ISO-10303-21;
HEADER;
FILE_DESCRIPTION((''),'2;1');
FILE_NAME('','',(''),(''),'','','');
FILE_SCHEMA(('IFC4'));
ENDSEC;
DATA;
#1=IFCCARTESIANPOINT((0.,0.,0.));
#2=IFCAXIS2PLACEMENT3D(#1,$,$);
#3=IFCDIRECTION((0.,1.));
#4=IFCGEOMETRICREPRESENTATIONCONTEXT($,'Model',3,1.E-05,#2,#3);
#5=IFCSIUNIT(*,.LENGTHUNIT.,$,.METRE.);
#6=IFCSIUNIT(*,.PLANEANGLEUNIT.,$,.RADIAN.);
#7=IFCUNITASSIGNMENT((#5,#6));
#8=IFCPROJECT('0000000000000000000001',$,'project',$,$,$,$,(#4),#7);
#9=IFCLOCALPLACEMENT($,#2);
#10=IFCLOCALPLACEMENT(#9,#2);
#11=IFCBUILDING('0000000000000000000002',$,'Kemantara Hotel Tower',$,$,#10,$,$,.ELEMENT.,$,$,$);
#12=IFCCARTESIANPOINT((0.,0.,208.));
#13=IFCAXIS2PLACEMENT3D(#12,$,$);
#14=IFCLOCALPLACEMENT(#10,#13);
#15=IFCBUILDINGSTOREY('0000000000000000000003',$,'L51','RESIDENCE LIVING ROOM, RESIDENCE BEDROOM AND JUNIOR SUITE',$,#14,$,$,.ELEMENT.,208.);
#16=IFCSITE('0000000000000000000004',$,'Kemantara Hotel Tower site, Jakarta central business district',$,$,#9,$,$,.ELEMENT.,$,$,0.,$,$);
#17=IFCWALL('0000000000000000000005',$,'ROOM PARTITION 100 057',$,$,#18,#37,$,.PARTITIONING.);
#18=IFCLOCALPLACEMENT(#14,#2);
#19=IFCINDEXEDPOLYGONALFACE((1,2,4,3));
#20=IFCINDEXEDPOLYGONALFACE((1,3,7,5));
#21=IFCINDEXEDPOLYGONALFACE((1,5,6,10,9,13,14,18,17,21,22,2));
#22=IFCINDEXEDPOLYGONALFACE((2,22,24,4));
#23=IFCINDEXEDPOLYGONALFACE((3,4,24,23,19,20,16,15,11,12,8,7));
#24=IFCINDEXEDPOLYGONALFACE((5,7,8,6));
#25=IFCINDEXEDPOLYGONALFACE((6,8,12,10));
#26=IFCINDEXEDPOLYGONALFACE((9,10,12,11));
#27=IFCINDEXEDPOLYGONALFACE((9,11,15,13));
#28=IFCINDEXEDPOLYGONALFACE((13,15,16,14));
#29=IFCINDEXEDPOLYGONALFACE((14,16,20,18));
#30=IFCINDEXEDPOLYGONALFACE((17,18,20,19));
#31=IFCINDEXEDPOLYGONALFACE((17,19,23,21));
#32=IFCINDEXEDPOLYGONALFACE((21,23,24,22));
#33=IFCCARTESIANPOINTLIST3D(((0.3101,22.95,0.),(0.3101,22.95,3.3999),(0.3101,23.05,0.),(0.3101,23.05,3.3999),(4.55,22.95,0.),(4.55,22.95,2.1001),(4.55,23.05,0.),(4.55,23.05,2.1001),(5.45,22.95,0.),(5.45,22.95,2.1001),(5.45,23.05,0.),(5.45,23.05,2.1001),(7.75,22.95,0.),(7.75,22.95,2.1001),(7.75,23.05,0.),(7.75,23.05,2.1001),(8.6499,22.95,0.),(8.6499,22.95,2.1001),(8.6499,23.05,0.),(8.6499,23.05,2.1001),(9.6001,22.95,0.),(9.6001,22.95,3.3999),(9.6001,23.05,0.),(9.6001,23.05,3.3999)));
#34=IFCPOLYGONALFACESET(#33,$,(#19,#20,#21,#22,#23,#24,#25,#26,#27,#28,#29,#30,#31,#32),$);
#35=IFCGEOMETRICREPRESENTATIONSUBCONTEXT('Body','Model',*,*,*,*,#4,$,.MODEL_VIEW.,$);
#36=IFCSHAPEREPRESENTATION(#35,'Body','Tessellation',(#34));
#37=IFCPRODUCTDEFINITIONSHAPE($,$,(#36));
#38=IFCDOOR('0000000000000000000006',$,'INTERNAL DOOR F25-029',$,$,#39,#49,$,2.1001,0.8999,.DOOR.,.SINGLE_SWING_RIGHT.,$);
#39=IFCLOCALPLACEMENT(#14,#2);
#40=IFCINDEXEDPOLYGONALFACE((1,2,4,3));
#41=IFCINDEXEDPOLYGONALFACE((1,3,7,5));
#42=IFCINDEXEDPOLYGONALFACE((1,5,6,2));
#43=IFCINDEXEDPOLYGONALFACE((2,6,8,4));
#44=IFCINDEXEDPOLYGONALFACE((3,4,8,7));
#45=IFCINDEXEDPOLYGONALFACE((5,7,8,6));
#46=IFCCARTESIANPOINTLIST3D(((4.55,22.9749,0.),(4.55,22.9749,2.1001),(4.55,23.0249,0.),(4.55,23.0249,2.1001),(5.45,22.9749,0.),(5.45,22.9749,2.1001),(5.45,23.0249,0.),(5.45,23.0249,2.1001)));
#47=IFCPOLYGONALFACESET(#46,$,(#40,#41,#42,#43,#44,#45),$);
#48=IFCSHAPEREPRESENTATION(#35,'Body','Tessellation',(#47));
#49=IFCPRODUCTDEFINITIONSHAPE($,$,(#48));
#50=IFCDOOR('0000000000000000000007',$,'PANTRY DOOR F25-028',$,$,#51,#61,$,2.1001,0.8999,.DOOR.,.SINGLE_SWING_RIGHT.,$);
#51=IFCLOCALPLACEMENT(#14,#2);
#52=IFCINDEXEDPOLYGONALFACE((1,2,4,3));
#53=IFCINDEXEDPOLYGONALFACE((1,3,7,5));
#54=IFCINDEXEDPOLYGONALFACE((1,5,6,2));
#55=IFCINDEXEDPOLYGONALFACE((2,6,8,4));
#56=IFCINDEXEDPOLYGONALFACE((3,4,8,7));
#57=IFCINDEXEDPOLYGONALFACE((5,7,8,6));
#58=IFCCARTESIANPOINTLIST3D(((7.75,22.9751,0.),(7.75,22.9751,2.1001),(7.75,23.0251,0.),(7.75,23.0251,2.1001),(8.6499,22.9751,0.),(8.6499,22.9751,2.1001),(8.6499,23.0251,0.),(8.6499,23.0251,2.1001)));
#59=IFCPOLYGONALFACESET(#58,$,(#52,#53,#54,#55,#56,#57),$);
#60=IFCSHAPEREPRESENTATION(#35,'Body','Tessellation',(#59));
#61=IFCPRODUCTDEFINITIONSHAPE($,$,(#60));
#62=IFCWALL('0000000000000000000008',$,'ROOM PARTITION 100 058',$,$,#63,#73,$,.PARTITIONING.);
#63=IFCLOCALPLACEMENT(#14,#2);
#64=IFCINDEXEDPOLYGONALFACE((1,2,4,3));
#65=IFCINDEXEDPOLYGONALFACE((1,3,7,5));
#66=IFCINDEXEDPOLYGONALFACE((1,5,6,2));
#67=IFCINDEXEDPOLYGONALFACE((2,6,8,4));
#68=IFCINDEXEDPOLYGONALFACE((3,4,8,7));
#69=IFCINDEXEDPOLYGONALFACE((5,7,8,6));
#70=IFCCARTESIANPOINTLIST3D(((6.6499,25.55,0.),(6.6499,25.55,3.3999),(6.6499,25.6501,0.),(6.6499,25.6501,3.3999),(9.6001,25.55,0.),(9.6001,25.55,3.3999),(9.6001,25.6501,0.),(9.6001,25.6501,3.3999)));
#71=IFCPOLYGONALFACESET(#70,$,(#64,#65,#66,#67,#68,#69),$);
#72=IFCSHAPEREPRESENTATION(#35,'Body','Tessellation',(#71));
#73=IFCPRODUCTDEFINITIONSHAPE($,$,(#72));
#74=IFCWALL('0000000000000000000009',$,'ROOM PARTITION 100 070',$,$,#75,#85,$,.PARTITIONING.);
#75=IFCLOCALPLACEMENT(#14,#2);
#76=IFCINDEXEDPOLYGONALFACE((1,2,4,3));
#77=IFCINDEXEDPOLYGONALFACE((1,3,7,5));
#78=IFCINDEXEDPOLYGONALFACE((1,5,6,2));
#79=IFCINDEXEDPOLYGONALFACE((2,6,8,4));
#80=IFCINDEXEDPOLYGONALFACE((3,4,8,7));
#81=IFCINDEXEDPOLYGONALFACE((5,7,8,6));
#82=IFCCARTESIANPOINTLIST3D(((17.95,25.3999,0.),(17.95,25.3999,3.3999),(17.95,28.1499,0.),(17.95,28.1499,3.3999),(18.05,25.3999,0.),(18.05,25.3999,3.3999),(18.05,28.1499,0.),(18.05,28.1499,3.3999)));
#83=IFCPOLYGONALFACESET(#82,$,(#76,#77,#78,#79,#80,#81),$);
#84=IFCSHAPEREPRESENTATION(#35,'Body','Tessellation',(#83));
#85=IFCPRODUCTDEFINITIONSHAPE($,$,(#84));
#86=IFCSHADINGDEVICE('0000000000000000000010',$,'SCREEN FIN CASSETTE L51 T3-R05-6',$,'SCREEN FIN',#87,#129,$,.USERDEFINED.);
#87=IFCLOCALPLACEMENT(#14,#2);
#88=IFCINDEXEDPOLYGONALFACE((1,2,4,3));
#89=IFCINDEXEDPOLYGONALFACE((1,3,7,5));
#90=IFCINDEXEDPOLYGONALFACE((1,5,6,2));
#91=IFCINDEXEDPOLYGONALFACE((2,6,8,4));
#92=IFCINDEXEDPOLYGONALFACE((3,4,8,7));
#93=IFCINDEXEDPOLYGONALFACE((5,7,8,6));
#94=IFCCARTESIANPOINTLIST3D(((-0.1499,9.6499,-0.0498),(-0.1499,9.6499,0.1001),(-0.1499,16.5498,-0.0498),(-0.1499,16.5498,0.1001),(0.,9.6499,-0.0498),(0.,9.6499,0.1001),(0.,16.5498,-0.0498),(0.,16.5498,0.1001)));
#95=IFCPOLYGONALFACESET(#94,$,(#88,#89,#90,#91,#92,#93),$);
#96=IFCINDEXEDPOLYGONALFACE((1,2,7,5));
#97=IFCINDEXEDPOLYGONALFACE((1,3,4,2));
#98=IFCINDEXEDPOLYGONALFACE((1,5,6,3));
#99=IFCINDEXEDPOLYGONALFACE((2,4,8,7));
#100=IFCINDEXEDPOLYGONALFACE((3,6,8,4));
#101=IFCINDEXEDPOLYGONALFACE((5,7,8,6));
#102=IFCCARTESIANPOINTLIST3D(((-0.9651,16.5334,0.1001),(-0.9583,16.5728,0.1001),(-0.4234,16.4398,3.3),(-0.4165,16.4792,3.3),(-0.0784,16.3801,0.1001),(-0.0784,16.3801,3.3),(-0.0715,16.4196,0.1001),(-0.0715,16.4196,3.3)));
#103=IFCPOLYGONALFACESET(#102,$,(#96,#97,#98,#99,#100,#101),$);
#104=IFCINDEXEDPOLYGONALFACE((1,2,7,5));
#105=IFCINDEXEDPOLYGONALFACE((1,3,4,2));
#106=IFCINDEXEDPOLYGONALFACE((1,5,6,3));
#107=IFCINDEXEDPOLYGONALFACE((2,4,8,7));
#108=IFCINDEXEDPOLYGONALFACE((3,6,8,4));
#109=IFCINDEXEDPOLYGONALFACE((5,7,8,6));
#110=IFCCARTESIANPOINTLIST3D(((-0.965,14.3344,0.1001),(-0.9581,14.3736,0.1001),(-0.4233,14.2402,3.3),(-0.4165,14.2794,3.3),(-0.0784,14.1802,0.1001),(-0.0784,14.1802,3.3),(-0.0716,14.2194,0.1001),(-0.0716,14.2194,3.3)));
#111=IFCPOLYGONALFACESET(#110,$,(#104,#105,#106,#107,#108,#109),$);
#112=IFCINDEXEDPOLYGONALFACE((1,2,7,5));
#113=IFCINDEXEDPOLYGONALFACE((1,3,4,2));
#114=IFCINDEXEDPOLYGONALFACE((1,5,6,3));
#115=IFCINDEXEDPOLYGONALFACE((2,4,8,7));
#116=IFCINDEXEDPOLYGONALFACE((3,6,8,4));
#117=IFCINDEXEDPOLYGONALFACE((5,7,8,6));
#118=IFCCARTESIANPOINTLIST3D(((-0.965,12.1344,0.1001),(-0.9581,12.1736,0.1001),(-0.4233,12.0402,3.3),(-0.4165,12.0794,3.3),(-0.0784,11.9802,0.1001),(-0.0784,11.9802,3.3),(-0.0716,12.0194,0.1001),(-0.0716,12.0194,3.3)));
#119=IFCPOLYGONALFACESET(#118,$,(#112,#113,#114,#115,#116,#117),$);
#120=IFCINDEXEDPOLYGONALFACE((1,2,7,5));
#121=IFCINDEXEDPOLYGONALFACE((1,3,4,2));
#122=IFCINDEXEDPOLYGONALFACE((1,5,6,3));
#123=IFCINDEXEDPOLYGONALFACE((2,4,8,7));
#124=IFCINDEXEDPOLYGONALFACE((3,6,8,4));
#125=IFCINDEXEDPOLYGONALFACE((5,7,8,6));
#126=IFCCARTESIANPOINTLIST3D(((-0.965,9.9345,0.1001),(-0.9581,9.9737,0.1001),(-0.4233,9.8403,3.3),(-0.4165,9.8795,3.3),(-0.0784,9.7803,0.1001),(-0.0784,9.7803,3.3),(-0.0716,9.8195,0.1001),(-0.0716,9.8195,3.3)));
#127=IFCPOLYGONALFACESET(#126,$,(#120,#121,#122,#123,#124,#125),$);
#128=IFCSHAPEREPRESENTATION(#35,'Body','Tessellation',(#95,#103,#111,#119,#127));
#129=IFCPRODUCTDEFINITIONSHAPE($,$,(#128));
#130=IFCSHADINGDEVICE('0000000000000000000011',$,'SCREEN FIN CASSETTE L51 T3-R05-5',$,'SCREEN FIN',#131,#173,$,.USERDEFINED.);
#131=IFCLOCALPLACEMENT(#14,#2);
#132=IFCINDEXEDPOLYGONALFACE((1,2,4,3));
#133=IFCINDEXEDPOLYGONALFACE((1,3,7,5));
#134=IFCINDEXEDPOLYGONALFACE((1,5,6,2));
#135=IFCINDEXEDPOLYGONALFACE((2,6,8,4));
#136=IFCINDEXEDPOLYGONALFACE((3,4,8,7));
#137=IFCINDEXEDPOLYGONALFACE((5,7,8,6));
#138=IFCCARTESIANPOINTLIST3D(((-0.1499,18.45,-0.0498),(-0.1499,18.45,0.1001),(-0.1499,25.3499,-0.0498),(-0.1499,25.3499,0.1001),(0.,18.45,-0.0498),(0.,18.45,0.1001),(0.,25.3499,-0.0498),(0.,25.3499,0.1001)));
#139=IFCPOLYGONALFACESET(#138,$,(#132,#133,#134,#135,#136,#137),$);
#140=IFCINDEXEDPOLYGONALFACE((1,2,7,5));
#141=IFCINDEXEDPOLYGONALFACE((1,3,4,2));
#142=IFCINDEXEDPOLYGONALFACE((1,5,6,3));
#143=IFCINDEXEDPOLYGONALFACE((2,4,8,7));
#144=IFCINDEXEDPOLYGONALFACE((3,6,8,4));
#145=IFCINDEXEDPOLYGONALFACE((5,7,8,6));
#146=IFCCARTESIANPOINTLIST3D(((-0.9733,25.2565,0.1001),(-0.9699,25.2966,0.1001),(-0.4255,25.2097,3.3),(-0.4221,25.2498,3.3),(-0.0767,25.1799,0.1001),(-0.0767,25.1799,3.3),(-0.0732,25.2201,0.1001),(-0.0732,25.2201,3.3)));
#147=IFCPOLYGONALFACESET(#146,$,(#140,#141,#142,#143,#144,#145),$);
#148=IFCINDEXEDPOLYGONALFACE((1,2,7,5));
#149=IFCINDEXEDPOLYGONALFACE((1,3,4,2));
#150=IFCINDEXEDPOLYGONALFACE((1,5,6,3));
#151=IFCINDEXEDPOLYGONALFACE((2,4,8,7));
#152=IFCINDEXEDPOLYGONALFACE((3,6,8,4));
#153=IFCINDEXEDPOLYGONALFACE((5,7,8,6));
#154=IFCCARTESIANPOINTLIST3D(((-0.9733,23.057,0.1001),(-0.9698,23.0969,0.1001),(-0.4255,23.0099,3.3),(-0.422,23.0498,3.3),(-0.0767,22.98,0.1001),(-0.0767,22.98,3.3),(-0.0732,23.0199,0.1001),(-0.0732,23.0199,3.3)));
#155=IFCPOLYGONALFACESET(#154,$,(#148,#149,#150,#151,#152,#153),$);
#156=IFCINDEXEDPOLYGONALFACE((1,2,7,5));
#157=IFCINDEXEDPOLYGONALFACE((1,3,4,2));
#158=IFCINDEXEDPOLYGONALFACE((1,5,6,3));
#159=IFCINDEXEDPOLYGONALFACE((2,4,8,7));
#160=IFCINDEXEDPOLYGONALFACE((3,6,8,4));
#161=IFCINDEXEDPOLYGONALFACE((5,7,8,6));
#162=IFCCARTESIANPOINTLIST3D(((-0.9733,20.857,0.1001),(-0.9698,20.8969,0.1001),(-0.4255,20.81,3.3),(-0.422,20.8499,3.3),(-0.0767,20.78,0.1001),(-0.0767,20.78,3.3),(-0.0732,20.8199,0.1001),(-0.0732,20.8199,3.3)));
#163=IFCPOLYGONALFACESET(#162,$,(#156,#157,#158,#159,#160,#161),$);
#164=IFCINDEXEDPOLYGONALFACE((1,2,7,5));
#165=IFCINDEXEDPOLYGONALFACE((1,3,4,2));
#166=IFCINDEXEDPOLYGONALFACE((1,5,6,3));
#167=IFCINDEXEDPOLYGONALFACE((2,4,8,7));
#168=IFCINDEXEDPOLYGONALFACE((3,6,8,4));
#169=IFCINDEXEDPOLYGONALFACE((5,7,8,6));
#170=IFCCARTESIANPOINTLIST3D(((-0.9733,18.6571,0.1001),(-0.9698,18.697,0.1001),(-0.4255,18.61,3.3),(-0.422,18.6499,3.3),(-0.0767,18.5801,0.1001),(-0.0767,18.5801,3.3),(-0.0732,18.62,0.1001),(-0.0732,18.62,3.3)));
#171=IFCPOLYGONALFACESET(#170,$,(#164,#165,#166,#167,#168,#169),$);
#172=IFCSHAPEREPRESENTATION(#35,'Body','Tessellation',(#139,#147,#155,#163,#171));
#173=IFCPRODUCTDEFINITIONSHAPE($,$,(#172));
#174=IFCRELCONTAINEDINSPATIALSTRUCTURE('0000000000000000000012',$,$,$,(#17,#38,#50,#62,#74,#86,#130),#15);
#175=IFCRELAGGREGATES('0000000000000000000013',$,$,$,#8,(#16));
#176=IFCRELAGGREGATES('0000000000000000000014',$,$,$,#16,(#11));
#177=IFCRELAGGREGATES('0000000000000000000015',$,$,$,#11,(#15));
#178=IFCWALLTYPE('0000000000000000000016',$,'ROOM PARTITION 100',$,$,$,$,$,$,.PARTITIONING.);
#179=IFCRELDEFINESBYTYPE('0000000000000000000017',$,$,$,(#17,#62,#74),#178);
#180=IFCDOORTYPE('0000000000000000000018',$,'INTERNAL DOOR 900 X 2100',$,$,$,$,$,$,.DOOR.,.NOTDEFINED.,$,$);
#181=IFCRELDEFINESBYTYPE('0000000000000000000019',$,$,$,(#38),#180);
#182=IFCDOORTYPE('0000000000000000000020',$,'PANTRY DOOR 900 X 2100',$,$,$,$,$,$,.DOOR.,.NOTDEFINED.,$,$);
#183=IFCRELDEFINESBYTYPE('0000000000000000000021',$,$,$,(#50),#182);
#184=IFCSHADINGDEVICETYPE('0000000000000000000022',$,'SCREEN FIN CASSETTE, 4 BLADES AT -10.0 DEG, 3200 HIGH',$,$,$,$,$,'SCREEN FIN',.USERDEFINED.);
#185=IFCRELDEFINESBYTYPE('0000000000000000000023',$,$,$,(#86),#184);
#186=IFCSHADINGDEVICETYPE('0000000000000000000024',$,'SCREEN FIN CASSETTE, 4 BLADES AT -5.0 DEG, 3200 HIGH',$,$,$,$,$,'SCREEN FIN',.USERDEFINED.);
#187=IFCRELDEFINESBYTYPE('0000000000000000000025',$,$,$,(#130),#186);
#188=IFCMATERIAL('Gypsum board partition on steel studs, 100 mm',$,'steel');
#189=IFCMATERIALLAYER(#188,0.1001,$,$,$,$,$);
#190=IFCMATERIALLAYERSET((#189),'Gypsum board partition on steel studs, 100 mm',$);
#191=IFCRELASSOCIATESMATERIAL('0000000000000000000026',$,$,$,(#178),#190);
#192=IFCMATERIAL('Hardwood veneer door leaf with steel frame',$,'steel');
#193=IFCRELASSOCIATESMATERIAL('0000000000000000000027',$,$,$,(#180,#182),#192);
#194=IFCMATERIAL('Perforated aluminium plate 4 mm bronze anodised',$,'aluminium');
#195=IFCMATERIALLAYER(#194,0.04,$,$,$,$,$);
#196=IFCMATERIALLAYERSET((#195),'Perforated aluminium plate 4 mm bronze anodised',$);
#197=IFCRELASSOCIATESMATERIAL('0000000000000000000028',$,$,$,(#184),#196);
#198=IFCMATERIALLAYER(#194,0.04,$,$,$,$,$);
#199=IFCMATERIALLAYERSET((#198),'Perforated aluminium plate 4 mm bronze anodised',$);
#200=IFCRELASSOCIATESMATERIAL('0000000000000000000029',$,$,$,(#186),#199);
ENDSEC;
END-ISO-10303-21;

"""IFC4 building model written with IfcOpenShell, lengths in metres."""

from ifc_helpers import new_model, si_unit, direction, frame, frame_2d, origin, origin_2d, place, context, subcontext, project, spatial, polyline, rectangle, outline, extrude, source, transform, mapped, material, layer, layer_set, type_object, element, fill, save


model = new_model("IFC4")

# Units and contexts
model_context = context("Model", 3, precision=1e-05, world=origin(), true_north=direction((0.0, 1.0)))
body_context = subcontext(model_context, "Body", "Model", "MODEL_VIEW")
ifc_project = project(units=[si_unit("LENGTHUNIT", "METRE"), si_unit("PLANEANGLEUNIT", "RADIAN")], contexts=[model_context])

# Site, building, storey
site_placement = place(None, origin())
site = spatial("IfcSite", under=ifc_project, at=site_placement, Name="Kemantara Hotel Tower site, Jakarta central business district", CompositionType="ELEMENT", RefElevation=0.0)
building_placement = place(site_placement, origin())
building = spatial("IfcBuilding", under=site, at=building_placement, Name="Kemantara Hotel Tower", CompositionType="ELEMENT")
storey_placement = place(building_placement, frame((0.0, 0.0, 208.0)))
storey = spatial("IfcBuildingStorey", under=building, at=storey_placement, Name="L51", Description="RESIDENCE LIVING ROOM, RESIDENCE BEDROOM AND JUNIOR SUITE", CompositionType="ELEMENT", Elevation=208.0)

# Shared definitions
ifc_material_1 = material(Name="Gypsum board partition on steel studs, 100 mm", Category="steel")
ifc_layer_1 = layer(ifc_material_1, 0.1001)
ifc_layer_set_1 = layer_set([ifc_layer_1], Name="Gypsum board partition on steel studs, 100 mm")
wall_type_1 = type_object("IfcWallType", Name="ROOM PARTITION 100", PredefinedType="PARTITIONING", material=ifc_layer_set_1)
ifc_material_2 = material(Name="Hardwood veneer door leaf with steel frame", Category="steel")

# Wall, openings, doors
wall_1_placement = place(storey_placement, frame((0.3101, 23.0, 0.0), z_axis=(0.0, 0.0, 1.0), x_axis=(1.0, 0.0, 0.0)))
wall_1 = element("IfcWall", 1, at=wall_1_placement, inside=storey, type_object=wall_type_1, Name="ROOM PARTITION 100 057", PredefinedType="PARTITIONING", context=body_context, shape_type="SweptSolid", body=[
    extrude(rectangle(XDim=9.29, YDim=0.1001, at=frame_2d((4.645, 0.0))), origin(), (0.0, 0.0, 1.0), 3.3999),
])
opening_1_placement = place(wall_1_placement, frame((7.4399, 0.0, 0.0)))
opening_1 = element("IfcOpeningElement", 2, at=opening_1_placement, cuts=wall_1, PredefinedType="OPENING", context=body_context, shape_type="SweptSolid", body=[
    extrude(rectangle(XDim=0.8999, YDim=2.1001, at=frame_2d((0.45, 1.05))), frame((0.0, 0.0601, 0.0), z_axis=(0.0, -1.0, 0.0), x_axis=(1.0, 0.0, 0.0)), (0.0, 0.0, 1.0), 0.1201),
])
opening_2_placement = place(wall_1_placement, frame((4.24, 0.0, 0.0)))
opening_2 = element("IfcOpeningElement", 3, at=opening_2_placement, cuts=wall_1, PredefinedType="OPENING", context=body_context, shape_type="SweptSolid", body=[
    extrude(rectangle(XDim=0.8999, YDim=2.1001, at=frame_2d((0.45, 1.05))), frame((0.0, 0.0601, 0.0), z_axis=(0.0, -1.0, 0.0), x_axis=(1.0, 0.0, 0.0)), (0.0, 0.0, 1.0), 0.1201),
])
door_type_1 = type_object("IfcDoorType", Name="INTERNAL DOOR 900 X 2100", OperationType="NOTDEFINED", PredefinedType="DOOR", material=ifc_material_2)
door_1_placement = place(opening_2_placement, origin())
door_1 = element("IfcDoor", 4, at=door_1_placement, inside=storey, type_object=door_type_1, Name="INTERNAL DOOR F25-029", OperationType="SINGLE_SWING_RIGHT", OverallHeight=2.1001, OverallWidth=0.8999, PredefinedType="DOOR", context=body_context, shape_type="SweptSolid", body=[
    extrude(rectangle(XDim=0.8999, YDim=2.1001, at=frame_2d((0.45, 1.05))), frame((0.0, 0.0249, 0.0), z_axis=(0.0, -1.0, 0.0), x_axis=(1.0, 0.0, 0.0)), (0.0, 0.0, 1.0), 0.05),
])
fill(opening_2, door_1)
door_type_2 = type_object("IfcDoorType", Name="PANTRY DOOR 900 X 2100", OperationType="NOTDEFINED", PredefinedType="DOOR", material=ifc_material_2)
door_2_placement = place(opening_1_placement, frame((0.8999, 0.0, 0.0), z_axis=(0.0, 0.0, 1.0), x_axis=(-1.0, 0.0, 0.0)))
door_2 = element("IfcDoor", 5, at=door_2_placement, inside=storey, type_object=door_type_2, Name="PANTRY DOOR F25-028", OperationType="SINGLE_SWING_RIGHT", OverallHeight=2.1001, OverallWidth=0.8999, PredefinedType="DOOR", context=body_context, shape_type="SweptSolid", body=[
    extrude(rectangle(XDim=0.8999, YDim=2.1001, at=frame_2d((0.45, 1.05))), frame((0.0, 0.0249, 0.0), z_axis=(0.0, -1.0, 0.0), x_axis=(1.0, 0.0, 0.0)), (0.0, 0.0, 1.0), 0.05),
])
fill(opening_1, door_2)

# Walls
wall_2_placement = place(storey_placement, frame((6.6499, 25.6001, 0.0), z_axis=(0.0, 0.0, 1.0), x_axis=(1.0, 0.0, 0.0)))
element("IfcWall", 6, at=wall_2_placement, inside=storey, type_object=wall_type_1, Name="ROOM PARTITION 100 058", PredefinedType="PARTITIONING", context=body_context, shape_type="SweptSolid", body=[
    extrude(rectangle(XDim=2.9502, YDim=0.1001, at=frame_2d((1.4751, 0.0))), origin(), (0.0, 0.0, 1.0), 3.3999),
])
wall_3_placement = place(storey_placement, frame((18.0, 25.3999, 0.0), z_axis=(0.0, 0.0, 1.0), x_axis=(0.0, 1.0, 0.0)))
element("IfcWall", 7, at=wall_3_placement, inside=storey, type_object=wall_type_1, Name="ROOM PARTITION 100 070", PredefinedType="PARTITIONING", context=body_context, shape_type="SweptSolid", body=[
    extrude(rectangle(XDim=2.75, YDim=0.1001, at=frame_2d((1.375, 0.0))), origin(), (0.0, 0.0, 1.0), 3.3999),
])

# Shading devices
ifc_material_3 = material(Name="Perforated aluminium plate 4 mm bronze anodised", Category="aluminium")
ifc_layer_2 = layer(ifc_material_3, 0.04)
ifc_layer_set_2 = layer_set([ifc_layer_2], Name="Perforated aluminium plate 4 mm bronze anodised")
shading_device_type_1 = type_object("IfcShadingDeviceType", Name="SCREEN FIN CASSETTE, 4 BLADES AT -10.0 DEG, 3200 HIGH", ElementType="SCREEN FIN", PredefinedType="USERDEFINED", material=ifc_layer_set_2)
shared_shape_1 = source(origin(), body_context, "Body", "SweptSolid", [
    extrude(rectangle(XDim=6.8999, YDim=0.1499, at=origin_2d()), frame((3.3, -0.075, -0.1499), z_axis=(0.0, 0.0, 1.0), x_axis=(1.0, 0.0, 0.0)), (0.0, 0.0, 1.0), 0.1499),
    extrude(outline(polyline([(0.0, 0.0), (0.8999, 0.0), (0.3501, 3.2), (0.0, 3.2), (0.0, 0.0)])), frame((0.0198, -0.0784, 0.0), z_axis=(-0.98539, 0.170314, 0.0), x_axis=(-0.170314, -0.98539, 0.0)), (0.0, 0.0, 1.0), 0.04),
    extrude(outline(polyline([(0.0, 0.0), (0.8999, 0.0), (0.3501, 3.2), (0.0, 3.2), (0.0, 0.0)])), frame((2.2197, -0.0784, 0.0), z_axis=(-0.985212, 0.171341, 0.0), x_axis=(-0.171341, -0.985212, 0.0)), (0.0, 0.0, 1.0), 0.0398),
    extrude(outline(polyline([(0.0, 0.0), (0.8999, 0.0), (0.3501, 3.2), (0.0, 3.2), (0.0, 0.0)])), frame((4.4197, -0.0784, 0.0), z_axis=(-0.985212, 0.171341, 0.0), x_axis=(-0.171341, -0.985212, 0.0)), (0.0, 0.0, 1.0), 0.0398),
    extrude(outline(polyline([(0.0, 0.0), (0.8999, 0.0), (0.3501, 3.2), (0.0, 3.2), (0.0, 0.0)])), frame((6.6196, -0.0784, 0.0), z_axis=(-0.985212, 0.171341, 0.0), x_axis=(-0.171341, -0.985212, 0.0)), (0.0, 0.0, 1.0), 0.0398),
])
shading_device_1_placement = place(storey_placement, frame((0.0, 16.3999, 0.1001), z_axis=(0.0, 0.0, 1.0), x_axis=(0.0, -1.0, 0.0)))
element("IfcShadingDevice", 8, at=shading_device_1_placement, inside=storey, type_object=shading_device_type_1, Name="SCREEN FIN CASSETTE L51 T3-R05-6", ObjectType="SCREEN FIN", PredefinedType="USERDEFINED", context=body_context, shape_type="MappedRepresentation", body=[
    mapped(shared_shape_1, transform((0.0, 0.0, 0.0))),
])
ifc_layer_3 = layer(ifc_material_3, 0.04)
ifc_layer_set_3 = layer_set([ifc_layer_3], Name="Perforated aluminium plate 4 mm bronze anodised")
shading_device_type_2 = type_object("IfcShadingDeviceType", Name="SCREEN FIN CASSETTE, 4 BLADES AT -5.0 DEG, 3200 HIGH", ElementType="SCREEN FIN", PredefinedType="USERDEFINED", material=ifc_layer_set_3)
shared_shape_2 = source(origin(), body_context, "Body", "SweptSolid", [
    extrude(rectangle(XDim=6.8999, YDim=0.1499, at=origin_2d()), frame((3.3, -0.075, -0.1499), z_axis=(0.0, 0.0, 1.0), x_axis=(1.0, 0.0, 0.0)), (0.0, 0.0, 1.0), 0.1499),
    extrude(outline(polyline([(0.0, 0.0), (0.8999, 0.0), (0.3501, 3.2), (0.0, 3.2), (0.0, 0.0)])), frame((0.02, -0.0767, 0.0), z_axis=(-0.996376, 0.085056, 0.0), x_axis=(-0.085056, -0.996376, 0.0)), (0.0, 0.0, 1.0), 0.0403),
    extrude(outline(polyline([(0.0, 0.0), (0.8999, 0.0), (0.3501, 3.2), (0.0, 3.2), (0.0, 0.0)])), frame((2.22, -0.0767, 0.0), z_axis=(-0.996332, 0.085575, 0.0), x_axis=(-0.085575, -0.996332, 0.0)), (0.0, 0.0, 1.0), 0.04),
    extrude(outline(polyline([(0.0, 0.0), (0.8999, 0.0), (0.3501, 3.2), (0.0, 3.2), (0.0, 0.0)])), frame((4.4199, -0.0767, 0.0), z_axis=(-0.996332, 0.085575, 0.0), x_axis=(-0.085575, -0.996332, 0.0)), (0.0, 0.0, 1.0), 0.04),
    extrude(outline(polyline([(0.0, 0.0), (0.8999, 0.0), (0.3501, 3.2), (0.0, 3.2), (0.0, 0.0)])), frame((6.6199, -0.0767, 0.0), z_axis=(-0.996332, 0.085575, 0.0), x_axis=(-0.085575, -0.996332, 0.0)), (0.0, 0.0, 1.0), 0.04),
])
shading_device_2_placement = place(storey_placement, frame((0.0, 25.2, 0.1001), z_axis=(0.0, 0.0, 1.0), x_axis=(0.0, -1.0, 0.0)))
element("IfcShadingDevice", 9, at=shading_device_2_placement, inside=storey, type_object=shading_device_type_2, Name="SCREEN FIN CASSETTE L51 T3-R05-5", ObjectType="SCREEN FIN", PredefinedType="USERDEFINED", context=body_context, shape_type="MappedRepresentation", body=[
    mapped(shared_shape_2, transform((0.0, 0.0, 0.0))),
])

save(model, "model.ifc")
